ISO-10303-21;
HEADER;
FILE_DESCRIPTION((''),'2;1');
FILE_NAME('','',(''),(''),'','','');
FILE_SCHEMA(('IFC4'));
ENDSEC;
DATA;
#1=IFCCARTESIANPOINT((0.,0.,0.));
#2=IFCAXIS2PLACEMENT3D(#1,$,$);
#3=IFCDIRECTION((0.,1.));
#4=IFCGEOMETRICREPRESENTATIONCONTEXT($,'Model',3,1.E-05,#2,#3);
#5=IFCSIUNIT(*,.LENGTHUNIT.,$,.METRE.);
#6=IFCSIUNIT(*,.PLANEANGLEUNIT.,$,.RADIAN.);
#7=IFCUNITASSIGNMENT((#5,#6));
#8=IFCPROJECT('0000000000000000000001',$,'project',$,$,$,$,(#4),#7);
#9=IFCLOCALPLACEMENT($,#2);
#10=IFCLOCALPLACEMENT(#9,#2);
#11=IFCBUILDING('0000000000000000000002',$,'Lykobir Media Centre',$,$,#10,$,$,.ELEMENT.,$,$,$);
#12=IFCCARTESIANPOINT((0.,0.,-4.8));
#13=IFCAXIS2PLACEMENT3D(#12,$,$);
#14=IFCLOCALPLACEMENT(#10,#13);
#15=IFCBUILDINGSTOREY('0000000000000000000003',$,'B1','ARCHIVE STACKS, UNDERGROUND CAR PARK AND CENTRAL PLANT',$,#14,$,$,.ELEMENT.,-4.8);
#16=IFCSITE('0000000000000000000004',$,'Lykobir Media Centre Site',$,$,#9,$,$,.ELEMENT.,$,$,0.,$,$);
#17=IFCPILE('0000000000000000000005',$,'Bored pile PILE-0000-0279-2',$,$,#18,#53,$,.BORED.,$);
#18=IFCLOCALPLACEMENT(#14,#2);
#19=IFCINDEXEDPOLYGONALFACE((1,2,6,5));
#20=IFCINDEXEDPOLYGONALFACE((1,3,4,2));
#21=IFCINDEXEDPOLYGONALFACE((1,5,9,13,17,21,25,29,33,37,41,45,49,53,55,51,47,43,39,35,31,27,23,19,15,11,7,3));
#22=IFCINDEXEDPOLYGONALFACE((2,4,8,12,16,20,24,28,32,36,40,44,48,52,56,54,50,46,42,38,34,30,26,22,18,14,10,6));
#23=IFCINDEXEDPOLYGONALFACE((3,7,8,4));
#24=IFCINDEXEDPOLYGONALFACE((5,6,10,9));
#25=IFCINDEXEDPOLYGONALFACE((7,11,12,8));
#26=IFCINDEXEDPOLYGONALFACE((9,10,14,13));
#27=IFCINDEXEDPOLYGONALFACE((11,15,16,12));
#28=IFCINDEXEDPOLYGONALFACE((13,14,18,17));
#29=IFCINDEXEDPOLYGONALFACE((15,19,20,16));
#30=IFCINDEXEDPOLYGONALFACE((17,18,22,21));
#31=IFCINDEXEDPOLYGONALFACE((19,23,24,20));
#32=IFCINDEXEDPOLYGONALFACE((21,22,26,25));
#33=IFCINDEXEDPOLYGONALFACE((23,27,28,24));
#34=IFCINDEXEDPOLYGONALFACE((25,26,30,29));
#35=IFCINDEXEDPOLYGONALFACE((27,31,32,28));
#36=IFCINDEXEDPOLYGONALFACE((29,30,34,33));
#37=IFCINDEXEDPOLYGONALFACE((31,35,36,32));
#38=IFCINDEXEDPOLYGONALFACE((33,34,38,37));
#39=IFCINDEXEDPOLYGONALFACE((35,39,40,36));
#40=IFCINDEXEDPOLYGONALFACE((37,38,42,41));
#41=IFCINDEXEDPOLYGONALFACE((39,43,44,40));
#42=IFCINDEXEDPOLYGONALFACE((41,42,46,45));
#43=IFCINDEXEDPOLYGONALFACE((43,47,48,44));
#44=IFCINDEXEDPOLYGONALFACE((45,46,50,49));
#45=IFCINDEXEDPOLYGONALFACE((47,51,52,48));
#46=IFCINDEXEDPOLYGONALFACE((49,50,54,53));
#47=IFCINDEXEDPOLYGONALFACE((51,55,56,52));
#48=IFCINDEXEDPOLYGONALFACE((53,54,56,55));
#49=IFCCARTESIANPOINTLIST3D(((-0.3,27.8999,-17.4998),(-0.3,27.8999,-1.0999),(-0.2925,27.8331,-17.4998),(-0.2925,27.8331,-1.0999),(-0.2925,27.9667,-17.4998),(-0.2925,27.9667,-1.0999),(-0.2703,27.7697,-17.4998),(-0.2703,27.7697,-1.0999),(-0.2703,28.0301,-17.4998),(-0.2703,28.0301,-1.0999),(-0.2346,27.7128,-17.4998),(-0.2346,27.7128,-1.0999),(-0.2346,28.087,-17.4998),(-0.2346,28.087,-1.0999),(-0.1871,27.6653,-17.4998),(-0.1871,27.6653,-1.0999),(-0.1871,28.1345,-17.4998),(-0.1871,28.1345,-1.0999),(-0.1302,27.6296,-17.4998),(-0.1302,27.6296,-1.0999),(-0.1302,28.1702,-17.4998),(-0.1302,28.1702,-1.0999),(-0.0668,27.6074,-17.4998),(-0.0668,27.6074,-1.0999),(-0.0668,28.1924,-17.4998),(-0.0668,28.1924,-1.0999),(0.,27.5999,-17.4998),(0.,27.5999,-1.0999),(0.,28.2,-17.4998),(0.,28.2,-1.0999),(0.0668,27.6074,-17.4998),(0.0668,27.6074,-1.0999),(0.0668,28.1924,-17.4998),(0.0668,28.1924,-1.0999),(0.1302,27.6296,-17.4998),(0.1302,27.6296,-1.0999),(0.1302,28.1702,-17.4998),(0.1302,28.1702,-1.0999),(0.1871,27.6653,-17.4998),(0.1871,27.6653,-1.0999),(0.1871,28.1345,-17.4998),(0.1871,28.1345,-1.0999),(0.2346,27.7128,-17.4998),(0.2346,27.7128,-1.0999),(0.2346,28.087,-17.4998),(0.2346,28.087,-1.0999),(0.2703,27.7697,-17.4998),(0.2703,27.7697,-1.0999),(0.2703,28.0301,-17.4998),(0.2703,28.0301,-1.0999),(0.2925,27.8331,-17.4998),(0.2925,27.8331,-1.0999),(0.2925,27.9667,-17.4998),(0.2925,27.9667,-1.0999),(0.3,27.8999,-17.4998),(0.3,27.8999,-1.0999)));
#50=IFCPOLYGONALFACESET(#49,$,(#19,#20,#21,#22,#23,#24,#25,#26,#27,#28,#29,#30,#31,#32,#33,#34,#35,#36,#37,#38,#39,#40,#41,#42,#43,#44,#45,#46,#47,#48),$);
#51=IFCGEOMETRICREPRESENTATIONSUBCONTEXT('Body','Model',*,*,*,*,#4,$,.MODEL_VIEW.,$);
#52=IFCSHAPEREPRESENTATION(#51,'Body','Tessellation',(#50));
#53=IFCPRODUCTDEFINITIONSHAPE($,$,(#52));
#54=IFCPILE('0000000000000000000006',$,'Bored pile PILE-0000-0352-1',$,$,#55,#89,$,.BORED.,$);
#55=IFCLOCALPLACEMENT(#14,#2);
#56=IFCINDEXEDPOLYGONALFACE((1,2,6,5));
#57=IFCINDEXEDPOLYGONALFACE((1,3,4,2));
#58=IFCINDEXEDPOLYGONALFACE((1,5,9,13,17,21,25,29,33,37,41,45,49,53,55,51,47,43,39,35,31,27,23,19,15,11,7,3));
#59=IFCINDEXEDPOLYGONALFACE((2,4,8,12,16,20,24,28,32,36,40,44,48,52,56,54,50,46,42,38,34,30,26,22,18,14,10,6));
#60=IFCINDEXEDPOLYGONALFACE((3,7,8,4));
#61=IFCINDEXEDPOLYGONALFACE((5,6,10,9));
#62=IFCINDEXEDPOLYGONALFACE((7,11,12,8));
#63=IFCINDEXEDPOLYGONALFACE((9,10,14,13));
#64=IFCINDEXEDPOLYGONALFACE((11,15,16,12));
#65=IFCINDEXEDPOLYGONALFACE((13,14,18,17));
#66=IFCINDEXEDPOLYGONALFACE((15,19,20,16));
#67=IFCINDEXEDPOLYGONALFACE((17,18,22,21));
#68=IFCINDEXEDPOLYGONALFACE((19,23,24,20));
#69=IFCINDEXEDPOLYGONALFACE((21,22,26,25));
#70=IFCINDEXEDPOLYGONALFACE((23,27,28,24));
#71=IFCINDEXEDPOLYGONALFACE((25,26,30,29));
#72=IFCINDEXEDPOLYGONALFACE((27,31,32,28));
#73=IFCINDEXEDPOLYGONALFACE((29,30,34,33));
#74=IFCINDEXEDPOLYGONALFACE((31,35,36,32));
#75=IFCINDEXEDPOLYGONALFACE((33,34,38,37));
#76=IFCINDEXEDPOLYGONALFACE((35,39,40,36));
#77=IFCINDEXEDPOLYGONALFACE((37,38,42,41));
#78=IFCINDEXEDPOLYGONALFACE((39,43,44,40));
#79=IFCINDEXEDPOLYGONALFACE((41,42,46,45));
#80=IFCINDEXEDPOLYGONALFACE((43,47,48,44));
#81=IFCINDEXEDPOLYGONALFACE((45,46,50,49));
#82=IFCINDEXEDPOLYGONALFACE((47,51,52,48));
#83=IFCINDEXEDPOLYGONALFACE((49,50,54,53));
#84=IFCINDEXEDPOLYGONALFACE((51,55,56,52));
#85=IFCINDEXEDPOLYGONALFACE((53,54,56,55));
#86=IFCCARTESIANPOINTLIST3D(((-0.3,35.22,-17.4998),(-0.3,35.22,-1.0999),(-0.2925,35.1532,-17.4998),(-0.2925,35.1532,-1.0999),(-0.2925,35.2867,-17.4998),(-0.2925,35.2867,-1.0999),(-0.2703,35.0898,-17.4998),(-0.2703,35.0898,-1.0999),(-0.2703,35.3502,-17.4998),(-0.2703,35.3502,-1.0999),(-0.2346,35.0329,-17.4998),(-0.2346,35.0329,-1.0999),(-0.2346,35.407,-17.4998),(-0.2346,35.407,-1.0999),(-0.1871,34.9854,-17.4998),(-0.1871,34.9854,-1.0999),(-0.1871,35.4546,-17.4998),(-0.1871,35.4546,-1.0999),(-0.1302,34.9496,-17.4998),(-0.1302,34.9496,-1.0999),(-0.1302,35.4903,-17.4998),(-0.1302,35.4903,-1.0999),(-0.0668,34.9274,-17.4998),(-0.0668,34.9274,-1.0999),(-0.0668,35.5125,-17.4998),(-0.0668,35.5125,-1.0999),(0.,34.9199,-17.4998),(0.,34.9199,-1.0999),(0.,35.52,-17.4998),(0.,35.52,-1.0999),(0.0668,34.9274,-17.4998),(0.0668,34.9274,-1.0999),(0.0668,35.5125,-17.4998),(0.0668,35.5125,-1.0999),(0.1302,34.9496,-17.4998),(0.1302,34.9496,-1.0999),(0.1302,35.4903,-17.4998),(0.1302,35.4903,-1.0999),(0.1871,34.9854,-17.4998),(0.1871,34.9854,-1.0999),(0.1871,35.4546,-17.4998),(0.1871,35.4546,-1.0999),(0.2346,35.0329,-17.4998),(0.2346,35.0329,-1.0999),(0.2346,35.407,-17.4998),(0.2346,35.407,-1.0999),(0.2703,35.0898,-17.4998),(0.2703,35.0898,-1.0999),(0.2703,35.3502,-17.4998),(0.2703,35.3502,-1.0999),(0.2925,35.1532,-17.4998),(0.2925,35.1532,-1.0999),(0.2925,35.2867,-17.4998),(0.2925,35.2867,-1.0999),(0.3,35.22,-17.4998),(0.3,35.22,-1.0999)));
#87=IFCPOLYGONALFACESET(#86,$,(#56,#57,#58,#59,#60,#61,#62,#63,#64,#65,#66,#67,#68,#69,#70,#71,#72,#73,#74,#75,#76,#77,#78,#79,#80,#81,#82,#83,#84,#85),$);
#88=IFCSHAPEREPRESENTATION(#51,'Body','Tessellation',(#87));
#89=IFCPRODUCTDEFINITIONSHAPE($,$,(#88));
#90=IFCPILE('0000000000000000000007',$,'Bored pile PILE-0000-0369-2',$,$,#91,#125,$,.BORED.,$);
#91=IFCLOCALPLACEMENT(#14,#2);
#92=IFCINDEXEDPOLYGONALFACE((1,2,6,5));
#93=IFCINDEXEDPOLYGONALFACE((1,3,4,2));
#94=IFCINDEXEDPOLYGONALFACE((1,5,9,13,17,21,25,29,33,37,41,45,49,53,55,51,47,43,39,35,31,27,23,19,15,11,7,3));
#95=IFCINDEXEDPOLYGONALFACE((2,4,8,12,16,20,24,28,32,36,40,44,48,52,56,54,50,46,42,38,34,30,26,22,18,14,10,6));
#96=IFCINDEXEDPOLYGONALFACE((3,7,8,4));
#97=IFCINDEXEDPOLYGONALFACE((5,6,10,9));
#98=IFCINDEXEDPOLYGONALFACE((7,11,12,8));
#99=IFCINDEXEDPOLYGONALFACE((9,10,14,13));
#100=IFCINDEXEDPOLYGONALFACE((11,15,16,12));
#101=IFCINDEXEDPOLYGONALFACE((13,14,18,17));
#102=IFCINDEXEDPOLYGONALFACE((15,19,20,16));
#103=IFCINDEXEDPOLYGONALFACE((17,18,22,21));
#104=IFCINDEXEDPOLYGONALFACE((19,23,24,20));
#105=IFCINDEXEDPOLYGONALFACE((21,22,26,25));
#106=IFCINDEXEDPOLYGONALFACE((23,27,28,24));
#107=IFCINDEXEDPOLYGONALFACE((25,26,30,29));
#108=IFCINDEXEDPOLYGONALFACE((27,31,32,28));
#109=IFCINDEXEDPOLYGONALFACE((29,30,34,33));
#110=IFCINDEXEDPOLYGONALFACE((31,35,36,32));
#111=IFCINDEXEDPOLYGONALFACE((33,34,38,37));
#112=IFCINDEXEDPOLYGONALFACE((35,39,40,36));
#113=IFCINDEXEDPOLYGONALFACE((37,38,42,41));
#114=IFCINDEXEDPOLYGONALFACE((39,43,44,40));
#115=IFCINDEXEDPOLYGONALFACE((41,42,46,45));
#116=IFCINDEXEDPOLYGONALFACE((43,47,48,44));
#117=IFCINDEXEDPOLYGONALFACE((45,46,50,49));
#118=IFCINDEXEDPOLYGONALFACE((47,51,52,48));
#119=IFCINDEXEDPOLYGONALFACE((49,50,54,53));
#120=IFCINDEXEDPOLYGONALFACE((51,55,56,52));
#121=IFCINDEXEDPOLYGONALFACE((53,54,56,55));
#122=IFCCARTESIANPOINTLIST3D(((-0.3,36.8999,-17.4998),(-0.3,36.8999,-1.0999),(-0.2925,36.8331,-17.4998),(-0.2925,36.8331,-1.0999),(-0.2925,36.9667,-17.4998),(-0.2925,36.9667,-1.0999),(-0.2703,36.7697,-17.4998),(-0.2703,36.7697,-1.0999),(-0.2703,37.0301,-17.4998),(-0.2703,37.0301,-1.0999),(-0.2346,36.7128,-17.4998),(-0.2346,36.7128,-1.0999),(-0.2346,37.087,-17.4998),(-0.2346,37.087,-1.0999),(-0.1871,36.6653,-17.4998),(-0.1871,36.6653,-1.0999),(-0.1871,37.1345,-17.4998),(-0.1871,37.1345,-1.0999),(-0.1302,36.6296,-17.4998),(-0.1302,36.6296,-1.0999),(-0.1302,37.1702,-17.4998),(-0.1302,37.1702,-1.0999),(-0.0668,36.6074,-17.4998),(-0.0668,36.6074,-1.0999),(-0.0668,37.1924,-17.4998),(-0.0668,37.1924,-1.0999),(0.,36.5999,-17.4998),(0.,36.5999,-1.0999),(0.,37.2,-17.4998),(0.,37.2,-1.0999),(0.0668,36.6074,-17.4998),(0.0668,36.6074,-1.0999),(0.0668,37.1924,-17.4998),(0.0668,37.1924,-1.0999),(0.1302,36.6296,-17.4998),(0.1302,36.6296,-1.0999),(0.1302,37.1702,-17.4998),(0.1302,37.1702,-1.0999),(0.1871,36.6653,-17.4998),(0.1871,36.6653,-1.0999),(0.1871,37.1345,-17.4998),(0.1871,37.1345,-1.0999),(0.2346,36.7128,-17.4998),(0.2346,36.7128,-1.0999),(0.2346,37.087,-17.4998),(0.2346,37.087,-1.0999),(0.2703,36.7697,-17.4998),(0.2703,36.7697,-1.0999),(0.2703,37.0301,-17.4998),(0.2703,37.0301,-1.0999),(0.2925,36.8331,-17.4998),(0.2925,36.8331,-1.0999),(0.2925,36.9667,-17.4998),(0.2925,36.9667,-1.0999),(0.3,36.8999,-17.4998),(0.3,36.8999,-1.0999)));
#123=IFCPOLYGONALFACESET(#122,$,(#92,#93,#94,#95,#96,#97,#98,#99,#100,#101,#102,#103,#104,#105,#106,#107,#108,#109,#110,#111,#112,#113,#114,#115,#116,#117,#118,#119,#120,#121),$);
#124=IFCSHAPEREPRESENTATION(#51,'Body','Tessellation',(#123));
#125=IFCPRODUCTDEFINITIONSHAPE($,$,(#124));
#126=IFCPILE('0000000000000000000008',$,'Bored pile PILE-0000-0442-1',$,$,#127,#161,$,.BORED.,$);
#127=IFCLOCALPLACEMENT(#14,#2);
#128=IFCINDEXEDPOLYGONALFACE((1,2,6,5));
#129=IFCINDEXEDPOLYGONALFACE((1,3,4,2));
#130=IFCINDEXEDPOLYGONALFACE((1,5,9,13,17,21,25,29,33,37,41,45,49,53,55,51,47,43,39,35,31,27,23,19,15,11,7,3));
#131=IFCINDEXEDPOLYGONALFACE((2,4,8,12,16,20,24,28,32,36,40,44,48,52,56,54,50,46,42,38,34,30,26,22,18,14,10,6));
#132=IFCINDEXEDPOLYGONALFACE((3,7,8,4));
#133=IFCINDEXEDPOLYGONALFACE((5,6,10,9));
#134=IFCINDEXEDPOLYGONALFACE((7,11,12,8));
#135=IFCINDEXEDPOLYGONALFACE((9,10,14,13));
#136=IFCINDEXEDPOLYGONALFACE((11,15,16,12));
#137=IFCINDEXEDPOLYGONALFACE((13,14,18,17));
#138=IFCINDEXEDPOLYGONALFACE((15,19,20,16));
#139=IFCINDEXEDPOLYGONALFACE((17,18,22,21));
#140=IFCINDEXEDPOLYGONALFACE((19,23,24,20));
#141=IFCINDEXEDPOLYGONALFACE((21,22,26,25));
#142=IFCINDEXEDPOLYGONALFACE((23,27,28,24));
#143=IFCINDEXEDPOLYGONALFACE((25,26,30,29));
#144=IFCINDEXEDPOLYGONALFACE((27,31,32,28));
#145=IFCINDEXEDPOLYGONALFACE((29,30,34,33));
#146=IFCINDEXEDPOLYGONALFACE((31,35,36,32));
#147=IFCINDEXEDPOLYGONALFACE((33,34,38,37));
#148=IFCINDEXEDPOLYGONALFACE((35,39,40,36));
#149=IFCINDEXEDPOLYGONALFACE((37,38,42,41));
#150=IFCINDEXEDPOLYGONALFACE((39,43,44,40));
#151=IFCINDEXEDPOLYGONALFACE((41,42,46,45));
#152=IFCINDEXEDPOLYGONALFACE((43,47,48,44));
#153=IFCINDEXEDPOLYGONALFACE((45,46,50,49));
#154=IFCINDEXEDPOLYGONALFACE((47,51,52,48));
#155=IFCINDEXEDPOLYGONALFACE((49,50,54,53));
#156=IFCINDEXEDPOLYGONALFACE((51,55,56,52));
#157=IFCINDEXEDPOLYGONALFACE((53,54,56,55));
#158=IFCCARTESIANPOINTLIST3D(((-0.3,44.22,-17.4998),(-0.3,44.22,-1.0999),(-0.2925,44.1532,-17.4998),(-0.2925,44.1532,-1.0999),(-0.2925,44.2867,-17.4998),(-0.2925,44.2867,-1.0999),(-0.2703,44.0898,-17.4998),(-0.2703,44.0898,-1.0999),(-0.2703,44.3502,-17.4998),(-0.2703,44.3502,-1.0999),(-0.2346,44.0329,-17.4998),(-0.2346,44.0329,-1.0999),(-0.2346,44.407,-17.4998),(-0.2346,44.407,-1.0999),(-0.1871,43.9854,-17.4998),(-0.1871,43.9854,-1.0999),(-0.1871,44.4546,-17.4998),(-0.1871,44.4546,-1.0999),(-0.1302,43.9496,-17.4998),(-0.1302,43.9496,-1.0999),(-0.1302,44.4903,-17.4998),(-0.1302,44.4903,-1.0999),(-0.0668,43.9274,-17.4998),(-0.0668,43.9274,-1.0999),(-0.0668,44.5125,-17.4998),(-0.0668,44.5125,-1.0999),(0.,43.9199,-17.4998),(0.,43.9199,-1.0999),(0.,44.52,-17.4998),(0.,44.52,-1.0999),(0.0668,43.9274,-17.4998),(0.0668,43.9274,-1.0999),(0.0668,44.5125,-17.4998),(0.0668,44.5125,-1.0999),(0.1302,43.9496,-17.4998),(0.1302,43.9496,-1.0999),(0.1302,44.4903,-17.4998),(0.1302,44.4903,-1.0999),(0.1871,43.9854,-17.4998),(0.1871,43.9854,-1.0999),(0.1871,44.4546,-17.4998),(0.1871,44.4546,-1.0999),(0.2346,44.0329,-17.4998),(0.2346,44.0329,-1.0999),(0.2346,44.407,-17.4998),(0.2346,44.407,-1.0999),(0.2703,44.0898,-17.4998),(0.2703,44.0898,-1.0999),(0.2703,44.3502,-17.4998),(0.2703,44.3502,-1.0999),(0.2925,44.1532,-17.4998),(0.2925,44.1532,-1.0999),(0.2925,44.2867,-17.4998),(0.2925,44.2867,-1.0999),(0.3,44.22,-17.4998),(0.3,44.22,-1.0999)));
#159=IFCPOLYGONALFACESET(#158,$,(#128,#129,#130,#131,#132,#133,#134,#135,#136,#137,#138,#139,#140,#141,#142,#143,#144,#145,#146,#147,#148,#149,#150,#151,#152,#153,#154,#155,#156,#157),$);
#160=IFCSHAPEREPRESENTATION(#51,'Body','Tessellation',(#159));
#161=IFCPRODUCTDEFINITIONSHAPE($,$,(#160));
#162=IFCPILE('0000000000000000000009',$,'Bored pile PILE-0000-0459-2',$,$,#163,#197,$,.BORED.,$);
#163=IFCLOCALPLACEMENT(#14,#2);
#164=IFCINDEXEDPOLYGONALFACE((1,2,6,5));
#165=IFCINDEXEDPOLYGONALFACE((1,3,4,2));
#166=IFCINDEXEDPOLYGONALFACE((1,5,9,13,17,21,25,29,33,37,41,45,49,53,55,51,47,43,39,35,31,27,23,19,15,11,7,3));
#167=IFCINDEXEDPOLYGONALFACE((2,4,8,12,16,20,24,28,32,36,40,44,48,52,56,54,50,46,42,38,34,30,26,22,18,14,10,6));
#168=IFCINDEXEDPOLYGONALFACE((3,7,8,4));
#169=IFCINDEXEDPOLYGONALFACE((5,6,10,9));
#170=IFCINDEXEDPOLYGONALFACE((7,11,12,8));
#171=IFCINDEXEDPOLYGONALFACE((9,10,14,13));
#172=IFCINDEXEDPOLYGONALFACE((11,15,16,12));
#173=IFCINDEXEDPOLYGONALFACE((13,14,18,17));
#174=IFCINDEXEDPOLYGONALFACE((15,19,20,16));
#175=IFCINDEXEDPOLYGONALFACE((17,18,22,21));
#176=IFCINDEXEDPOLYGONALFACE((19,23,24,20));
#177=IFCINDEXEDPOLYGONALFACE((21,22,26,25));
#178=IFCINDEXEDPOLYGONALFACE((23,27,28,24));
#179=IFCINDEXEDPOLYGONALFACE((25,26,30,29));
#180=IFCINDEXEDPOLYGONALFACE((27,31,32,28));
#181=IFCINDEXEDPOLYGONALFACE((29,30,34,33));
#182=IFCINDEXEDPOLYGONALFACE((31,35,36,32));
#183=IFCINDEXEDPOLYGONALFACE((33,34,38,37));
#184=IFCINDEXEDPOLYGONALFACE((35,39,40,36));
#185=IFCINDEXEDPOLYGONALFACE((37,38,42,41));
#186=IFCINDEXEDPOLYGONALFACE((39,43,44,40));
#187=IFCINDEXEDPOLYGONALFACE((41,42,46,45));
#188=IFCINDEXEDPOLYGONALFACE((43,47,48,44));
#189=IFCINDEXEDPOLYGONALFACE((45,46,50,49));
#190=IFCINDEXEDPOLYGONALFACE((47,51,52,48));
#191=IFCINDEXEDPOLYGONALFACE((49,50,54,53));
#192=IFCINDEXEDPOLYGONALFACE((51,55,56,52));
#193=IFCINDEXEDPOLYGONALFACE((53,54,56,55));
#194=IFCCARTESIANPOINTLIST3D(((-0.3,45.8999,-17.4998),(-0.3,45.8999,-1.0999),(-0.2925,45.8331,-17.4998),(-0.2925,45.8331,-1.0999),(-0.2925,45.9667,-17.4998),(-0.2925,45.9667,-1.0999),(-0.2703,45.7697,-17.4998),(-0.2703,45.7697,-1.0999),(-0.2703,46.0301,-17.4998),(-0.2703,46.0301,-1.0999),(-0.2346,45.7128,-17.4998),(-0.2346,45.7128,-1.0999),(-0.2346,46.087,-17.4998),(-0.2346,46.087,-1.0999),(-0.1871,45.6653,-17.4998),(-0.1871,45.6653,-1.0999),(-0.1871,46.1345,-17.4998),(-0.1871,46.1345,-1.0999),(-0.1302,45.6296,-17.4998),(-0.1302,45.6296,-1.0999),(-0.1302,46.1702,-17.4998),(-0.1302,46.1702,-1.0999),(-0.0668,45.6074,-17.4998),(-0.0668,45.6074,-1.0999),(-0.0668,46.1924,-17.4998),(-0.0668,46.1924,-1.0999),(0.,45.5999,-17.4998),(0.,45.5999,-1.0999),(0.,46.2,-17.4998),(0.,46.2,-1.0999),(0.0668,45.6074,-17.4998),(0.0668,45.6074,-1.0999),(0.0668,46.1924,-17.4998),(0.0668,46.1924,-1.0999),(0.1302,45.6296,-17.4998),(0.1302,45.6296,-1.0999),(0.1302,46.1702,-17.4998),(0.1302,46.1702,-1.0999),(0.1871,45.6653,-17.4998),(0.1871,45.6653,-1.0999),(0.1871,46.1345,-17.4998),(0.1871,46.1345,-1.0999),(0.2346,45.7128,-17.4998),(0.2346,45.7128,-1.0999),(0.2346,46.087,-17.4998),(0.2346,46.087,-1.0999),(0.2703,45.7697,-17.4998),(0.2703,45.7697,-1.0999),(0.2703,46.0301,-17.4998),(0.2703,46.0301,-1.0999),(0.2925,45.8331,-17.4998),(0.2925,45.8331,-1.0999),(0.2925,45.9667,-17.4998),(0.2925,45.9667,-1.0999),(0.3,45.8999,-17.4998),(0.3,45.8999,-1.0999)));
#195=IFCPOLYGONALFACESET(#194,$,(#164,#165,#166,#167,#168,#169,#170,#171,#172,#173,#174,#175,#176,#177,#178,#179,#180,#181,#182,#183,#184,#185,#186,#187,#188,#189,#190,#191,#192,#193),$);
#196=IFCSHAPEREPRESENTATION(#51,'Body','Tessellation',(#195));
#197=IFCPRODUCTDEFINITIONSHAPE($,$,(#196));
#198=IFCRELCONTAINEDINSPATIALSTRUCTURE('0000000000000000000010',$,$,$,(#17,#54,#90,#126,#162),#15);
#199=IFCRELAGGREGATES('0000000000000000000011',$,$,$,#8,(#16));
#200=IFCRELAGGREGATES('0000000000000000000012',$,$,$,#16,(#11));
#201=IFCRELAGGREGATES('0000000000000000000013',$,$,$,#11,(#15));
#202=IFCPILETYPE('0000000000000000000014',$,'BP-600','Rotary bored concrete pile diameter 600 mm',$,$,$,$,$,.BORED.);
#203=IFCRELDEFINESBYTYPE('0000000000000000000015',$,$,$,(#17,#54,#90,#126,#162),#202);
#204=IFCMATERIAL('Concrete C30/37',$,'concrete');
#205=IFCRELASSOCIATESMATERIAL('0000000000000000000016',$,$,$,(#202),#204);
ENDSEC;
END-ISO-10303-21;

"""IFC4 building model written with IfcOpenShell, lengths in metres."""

from ifc_helpers import new_model, si_unit, direction, frame, origin, origin_2d, place, context, subcontext, project, spatial, circle, extrude, material, material_profile, profile_set, type_object, element, save


model = new_model("IFC4")

# Units and contexts
model_context = context("Model", 3, precision=1e-05, world=origin(), true_north=direction((0.0, 1.0)))
body_context = subcontext(model_context, "Body", "Model", "MODEL_VIEW")
ifc_project = project(units=[si_unit("LENGTHUNIT", "METRE"), si_unit("PLANEANGLEUNIT", "RADIAN")], contexts=[model_context])

# Site, building, storey
site_placement = place(None, origin())
site = spatial("IfcSite", under=ifc_project, at=site_placement, Name="Lykobir Media Centre Site", CompositionType="ELEMENT", RefElevation=0.0)
building_placement = place(site_placement, origin())
building = spatial("IfcBuilding", under=site, at=building_placement, Name="Lykobir Media Centre", CompositionType="ELEMENT")
storey_placement = place(building_placement, frame((0.0, 0.0, -4.8)))
storey = spatial("IfcBuildingStorey", under=building, at=storey_placement, Name="B1", Description="ARCHIVE STACKS, UNDERGROUND CAR PARK AND CENTRAL PLANT", CompositionType="ELEMENT", Elevation=-4.8)

# Piles
ifc_material_1 = material(Name="Concrete C30/37", Category="concrete")
ifc_material_profile_1 = material_profile(ifc_material_1, circle(Radius=0.3, at=origin_2d()), Name="BORED PILE D600")
ifc_profile_set_1 = profile_set([ifc_material_profile_1], Name="Concrete C30/37")
pile_type = type_object("IfcPileType", Name="BP-600", Description="Rotary bored concrete pile diameter 600 mm", PredefinedType="BORED", material=ifc_profile_set_1)
for number, where, z_axis, x_axis, name in (
    (1, (0.0, 27.8999, -1.0999), (0.0, 0.0, -1.0), (1.0, 0.0, 0.0), "Bored pile PILE-0000-0279-2"),
    (2, (0.0, 35.22, -1.0999), (0.0, 0.0, -1.0), (1.0, 0.0, 0.0), "Bored pile PILE-0000-0352-1"),
    (3, (0.0, 36.8999, -1.0999), (0.0, 0.0, -1.0), (1.0, 0.0, 0.0), "Bored pile PILE-0000-0369-2"),
    (4, (0.0, 44.22, -1.0999), (0.0, 0.0, -1.0), (1.0, 0.0, 0.0), "Bored pile PILE-0000-0442-1"),
    (5, (0.0, 45.8999, -1.0999), (0.0, 0.0, -1.0), (1.0, 0.0, 0.0), "Bored pile PILE-0000-0459-2"),
):
    element("IfcPile", number, at=place(storey_placement, frame(where, z_axis=z_axis, x_axis=x_axis)), inside=storey, type_object=pile_type, Name=name, PredefinedType="BORED", context=body_context, shape_type="SweptSolid", body=[
        extrude(circle(Radius=0.3, at=origin_2d()), origin(), (0.0, 0.0, 1.0), 16.3999),
    ])

save(model, "model.ifc")
